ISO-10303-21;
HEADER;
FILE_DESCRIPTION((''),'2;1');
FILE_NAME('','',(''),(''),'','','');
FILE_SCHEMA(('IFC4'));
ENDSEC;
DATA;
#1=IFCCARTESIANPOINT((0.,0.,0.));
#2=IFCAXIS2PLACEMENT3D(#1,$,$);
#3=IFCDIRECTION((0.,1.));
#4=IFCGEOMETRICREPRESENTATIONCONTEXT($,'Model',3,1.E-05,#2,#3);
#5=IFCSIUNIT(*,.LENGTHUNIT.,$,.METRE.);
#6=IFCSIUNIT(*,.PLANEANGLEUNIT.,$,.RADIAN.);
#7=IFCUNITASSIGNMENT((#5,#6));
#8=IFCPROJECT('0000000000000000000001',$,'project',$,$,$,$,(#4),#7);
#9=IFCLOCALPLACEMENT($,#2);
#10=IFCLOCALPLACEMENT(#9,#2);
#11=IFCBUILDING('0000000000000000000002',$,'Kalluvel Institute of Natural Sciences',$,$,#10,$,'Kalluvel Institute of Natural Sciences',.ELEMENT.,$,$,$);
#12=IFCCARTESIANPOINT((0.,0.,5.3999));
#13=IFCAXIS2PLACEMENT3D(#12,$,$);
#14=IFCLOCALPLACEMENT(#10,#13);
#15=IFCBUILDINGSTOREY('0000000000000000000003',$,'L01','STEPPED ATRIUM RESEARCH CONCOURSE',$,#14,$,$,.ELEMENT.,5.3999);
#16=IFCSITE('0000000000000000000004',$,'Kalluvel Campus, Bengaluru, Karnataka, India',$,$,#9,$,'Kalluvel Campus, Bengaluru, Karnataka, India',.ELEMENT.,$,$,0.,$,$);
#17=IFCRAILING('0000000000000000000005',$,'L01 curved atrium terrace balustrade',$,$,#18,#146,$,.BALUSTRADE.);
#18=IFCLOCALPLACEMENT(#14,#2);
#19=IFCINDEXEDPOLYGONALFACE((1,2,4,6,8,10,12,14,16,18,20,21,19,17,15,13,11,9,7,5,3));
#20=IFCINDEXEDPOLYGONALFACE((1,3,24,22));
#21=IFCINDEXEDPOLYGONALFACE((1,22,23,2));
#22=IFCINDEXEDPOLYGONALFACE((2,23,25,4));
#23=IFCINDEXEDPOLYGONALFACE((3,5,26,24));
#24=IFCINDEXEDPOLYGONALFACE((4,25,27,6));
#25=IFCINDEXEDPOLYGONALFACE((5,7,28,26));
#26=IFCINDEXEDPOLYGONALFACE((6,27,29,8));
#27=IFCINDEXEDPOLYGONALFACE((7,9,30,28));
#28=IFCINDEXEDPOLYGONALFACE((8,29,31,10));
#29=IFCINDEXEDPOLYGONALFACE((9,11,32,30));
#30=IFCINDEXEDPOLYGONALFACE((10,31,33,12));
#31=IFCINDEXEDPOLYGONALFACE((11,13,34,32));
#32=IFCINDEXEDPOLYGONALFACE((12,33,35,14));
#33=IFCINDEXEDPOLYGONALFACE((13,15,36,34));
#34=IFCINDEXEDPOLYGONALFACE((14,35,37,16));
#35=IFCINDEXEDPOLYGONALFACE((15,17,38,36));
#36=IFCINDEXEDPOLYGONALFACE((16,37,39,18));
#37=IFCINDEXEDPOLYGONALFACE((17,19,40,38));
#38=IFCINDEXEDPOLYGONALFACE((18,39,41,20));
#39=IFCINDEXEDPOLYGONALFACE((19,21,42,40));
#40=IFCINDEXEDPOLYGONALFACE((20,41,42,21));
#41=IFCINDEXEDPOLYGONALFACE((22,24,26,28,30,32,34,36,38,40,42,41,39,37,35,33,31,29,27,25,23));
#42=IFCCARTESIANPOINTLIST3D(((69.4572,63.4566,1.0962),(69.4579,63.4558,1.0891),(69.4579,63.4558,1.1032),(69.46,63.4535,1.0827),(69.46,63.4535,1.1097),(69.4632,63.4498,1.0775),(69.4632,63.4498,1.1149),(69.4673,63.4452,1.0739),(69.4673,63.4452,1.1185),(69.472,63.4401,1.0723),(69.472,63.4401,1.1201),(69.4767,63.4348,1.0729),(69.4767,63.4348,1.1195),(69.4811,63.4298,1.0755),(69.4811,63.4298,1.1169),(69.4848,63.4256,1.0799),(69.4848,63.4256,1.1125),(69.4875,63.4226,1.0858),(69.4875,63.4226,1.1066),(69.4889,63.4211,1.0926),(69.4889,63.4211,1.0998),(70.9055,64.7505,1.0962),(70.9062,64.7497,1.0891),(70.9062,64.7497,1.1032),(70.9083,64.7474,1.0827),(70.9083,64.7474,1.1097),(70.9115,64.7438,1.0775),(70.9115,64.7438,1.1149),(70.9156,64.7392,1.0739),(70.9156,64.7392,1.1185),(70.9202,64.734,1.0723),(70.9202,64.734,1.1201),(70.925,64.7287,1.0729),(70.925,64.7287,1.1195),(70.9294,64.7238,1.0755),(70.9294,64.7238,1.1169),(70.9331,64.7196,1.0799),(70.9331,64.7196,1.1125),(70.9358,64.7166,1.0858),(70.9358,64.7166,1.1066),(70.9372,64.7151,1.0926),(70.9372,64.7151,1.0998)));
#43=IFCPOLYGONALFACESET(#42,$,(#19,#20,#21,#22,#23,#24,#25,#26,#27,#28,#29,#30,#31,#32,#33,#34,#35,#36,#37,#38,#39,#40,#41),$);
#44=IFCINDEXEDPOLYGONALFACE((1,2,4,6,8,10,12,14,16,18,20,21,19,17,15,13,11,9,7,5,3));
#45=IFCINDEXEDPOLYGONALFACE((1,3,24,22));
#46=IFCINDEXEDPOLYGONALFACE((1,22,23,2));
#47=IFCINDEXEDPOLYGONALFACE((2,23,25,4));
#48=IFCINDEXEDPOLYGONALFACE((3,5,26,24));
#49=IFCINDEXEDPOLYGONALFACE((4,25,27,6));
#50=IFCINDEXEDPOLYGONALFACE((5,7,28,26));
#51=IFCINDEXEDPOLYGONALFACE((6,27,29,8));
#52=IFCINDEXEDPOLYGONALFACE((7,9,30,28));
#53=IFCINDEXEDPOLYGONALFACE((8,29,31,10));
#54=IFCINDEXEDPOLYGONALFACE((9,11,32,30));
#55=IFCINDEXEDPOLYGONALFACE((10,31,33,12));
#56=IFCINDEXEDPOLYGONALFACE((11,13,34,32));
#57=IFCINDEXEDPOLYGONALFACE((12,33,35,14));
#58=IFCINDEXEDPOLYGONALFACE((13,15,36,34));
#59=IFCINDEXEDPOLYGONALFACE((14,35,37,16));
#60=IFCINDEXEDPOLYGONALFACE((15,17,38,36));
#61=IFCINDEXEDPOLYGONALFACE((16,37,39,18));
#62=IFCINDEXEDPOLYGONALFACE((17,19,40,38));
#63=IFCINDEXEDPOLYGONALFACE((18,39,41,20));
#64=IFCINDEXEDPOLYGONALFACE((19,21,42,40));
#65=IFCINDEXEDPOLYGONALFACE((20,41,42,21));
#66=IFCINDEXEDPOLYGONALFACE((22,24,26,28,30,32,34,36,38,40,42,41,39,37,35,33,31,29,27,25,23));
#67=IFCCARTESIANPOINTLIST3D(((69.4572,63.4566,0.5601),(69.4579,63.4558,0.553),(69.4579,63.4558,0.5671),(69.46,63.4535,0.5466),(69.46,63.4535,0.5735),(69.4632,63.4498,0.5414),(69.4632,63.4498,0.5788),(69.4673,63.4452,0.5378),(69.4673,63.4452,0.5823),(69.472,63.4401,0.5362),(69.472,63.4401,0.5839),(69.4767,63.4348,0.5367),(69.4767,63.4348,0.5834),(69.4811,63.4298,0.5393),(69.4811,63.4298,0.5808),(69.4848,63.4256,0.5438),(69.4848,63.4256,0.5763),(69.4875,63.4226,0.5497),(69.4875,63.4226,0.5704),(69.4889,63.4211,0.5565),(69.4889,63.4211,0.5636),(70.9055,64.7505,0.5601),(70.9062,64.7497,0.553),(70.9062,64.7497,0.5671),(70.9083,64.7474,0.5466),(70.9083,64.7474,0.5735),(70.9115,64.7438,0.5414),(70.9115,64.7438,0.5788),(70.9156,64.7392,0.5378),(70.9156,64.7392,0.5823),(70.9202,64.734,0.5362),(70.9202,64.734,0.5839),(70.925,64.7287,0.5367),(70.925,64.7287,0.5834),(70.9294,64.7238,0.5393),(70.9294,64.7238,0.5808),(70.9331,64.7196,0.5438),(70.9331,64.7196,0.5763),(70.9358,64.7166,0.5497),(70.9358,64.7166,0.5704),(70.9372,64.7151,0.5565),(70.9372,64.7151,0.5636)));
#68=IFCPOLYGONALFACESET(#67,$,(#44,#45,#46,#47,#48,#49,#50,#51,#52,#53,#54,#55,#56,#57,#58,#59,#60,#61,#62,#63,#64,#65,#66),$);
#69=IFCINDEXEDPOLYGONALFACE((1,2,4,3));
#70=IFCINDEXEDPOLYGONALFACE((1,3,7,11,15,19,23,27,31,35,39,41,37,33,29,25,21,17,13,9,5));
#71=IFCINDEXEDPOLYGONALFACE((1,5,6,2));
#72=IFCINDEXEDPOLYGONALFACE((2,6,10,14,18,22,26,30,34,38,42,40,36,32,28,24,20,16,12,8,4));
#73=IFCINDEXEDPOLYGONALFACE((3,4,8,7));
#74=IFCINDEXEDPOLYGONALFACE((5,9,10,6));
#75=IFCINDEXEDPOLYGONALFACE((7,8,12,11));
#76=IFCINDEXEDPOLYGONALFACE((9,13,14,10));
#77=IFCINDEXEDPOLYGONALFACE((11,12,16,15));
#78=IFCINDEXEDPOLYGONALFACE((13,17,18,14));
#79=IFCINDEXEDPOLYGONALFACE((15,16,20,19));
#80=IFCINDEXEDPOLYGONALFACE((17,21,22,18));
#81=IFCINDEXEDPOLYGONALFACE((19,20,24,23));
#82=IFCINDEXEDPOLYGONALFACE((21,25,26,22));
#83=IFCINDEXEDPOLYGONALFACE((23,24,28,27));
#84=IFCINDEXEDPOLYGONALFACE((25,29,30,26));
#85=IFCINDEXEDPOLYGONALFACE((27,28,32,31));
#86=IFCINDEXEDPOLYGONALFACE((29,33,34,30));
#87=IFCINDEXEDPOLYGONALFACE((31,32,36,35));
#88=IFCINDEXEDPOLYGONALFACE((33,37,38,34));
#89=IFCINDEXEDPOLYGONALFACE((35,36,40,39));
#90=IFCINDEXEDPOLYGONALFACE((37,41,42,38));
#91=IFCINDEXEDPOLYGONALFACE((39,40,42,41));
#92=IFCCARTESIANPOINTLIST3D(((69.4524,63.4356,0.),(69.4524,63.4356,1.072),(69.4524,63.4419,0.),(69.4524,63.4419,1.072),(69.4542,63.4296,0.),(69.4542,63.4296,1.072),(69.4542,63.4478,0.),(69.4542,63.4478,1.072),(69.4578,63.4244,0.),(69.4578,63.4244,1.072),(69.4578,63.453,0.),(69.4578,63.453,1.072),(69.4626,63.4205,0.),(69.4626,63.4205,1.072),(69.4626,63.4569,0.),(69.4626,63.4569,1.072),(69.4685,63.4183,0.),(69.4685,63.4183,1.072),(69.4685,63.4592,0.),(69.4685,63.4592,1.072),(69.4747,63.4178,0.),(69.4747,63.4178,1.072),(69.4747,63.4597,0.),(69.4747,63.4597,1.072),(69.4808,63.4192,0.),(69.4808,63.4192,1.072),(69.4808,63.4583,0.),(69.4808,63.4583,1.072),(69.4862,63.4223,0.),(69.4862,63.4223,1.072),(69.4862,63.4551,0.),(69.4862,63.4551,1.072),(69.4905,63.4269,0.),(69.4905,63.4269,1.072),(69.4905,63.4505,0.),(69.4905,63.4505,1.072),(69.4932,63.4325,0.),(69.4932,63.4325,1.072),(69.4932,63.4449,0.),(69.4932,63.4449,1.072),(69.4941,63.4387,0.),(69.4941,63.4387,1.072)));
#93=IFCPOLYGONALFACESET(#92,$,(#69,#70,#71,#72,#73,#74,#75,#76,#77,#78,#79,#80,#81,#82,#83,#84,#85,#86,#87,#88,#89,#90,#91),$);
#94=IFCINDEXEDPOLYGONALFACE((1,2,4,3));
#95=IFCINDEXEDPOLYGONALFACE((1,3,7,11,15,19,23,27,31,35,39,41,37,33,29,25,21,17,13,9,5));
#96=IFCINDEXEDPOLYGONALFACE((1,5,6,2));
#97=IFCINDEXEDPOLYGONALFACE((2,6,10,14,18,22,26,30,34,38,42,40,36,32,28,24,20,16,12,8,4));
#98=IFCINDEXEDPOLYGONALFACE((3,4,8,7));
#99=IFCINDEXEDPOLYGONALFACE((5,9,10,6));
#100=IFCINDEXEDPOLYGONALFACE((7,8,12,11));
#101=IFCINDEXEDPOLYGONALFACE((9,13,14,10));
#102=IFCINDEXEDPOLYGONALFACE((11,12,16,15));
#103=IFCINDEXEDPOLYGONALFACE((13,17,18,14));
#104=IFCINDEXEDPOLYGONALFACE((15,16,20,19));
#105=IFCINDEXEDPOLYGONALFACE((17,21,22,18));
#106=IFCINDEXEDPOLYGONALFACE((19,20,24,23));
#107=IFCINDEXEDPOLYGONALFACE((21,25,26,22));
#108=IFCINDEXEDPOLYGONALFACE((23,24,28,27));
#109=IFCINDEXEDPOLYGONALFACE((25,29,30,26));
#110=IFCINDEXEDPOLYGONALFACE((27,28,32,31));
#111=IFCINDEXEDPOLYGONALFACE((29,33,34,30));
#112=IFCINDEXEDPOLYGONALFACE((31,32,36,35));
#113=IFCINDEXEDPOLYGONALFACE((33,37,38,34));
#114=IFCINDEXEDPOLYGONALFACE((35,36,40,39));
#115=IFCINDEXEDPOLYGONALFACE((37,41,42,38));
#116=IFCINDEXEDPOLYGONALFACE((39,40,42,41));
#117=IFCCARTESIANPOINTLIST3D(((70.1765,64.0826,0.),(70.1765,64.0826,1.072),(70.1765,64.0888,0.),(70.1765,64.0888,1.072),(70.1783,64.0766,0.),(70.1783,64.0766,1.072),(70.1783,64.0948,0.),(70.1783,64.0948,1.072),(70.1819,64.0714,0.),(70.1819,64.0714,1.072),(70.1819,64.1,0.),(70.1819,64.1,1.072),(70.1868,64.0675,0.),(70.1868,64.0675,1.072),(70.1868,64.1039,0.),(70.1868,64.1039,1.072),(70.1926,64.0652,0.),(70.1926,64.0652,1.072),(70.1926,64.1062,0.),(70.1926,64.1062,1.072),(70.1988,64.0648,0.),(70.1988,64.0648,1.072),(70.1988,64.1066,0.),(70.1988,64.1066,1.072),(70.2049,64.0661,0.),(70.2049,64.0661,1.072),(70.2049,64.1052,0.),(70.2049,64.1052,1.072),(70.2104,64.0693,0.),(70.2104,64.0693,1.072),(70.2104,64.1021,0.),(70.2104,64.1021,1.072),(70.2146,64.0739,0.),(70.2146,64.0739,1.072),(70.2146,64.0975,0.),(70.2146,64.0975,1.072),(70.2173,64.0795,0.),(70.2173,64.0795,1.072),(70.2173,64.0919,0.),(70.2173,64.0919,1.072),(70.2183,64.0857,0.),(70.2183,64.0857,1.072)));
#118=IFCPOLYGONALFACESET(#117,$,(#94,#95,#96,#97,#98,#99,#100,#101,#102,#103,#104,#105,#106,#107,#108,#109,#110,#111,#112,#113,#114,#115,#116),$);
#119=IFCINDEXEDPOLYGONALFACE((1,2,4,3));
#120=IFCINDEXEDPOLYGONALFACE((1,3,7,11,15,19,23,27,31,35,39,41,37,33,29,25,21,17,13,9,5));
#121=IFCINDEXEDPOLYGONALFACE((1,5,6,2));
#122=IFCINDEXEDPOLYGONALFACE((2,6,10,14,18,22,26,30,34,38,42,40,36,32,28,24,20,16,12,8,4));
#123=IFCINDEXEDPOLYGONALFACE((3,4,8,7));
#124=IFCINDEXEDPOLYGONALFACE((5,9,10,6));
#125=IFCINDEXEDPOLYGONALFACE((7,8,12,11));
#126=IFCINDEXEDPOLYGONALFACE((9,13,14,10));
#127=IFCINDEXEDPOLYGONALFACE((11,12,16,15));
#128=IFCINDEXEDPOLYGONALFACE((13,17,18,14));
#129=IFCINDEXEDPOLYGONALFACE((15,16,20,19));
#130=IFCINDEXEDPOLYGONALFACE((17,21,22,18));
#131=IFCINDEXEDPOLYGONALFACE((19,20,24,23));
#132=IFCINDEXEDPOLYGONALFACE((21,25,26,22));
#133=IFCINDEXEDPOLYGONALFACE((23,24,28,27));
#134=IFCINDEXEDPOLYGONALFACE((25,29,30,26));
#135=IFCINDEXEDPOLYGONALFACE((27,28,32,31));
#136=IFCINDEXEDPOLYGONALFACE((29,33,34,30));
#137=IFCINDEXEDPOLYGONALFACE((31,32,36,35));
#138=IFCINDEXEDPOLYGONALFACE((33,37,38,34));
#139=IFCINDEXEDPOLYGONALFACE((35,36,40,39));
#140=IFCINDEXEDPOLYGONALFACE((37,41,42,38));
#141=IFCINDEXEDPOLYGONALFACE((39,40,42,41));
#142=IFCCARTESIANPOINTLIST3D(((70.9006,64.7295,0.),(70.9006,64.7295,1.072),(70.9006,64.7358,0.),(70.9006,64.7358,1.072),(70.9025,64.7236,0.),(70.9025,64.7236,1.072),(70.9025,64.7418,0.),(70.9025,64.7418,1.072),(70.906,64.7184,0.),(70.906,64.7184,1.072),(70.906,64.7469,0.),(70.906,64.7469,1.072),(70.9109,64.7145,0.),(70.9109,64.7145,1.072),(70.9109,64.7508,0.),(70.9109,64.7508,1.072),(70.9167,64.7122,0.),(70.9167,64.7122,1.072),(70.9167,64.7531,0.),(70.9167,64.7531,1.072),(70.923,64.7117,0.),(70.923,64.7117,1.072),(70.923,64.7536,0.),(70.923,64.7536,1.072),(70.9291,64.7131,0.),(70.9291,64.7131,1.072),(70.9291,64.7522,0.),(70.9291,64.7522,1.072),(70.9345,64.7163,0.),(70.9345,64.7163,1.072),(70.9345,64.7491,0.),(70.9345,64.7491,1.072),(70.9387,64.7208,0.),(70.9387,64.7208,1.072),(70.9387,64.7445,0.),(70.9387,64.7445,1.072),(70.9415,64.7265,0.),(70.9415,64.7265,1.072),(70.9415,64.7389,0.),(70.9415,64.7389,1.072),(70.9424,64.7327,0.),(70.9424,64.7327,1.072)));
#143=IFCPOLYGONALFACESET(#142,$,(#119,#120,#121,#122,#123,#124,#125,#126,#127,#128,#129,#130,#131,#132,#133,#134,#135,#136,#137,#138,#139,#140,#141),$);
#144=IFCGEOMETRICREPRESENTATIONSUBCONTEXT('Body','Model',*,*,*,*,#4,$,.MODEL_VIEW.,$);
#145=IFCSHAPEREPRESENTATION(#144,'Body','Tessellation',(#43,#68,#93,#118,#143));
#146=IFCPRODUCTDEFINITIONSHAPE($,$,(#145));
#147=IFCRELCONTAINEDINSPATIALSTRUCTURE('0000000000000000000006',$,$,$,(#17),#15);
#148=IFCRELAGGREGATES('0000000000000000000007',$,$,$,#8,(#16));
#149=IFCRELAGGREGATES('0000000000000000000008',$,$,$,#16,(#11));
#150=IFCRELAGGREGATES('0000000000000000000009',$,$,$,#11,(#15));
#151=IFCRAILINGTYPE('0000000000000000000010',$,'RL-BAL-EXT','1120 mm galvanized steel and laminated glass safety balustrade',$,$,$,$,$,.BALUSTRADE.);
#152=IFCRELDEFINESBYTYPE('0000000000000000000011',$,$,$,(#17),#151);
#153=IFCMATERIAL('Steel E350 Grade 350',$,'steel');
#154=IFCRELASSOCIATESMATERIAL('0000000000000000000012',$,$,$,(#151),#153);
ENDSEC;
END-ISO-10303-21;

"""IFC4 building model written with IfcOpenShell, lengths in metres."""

from ifc_helpers import new_model, si_unit, direction, frame, origin, origin_2d, place, context, subcontext, project, spatial, circle, extrude, material, type_object, element, save


model = new_model("IFC4")

# Units and contexts
model_context = context("Model", 3, precision=1e-05, world=origin(), true_north=direction((0.0, 1.0)))
body_context = subcontext(model_context, "Body", "Model", "MODEL_VIEW")
ifc_project = project(units=[si_unit("LENGTHUNIT", "METRE"), si_unit("PLANEANGLEUNIT", "RADIAN")], contexts=[model_context])

# Site, building, storey
site_placement = place(None, origin())
site = spatial("IfcSite", under=ifc_project, at=site_placement, Name="Kalluvel Campus, Bengaluru, Karnataka, India", LongName="Kalluvel Campus, Bengaluru, Karnataka, India", CompositionType="ELEMENT", RefElevation=0.0)
building_placement = place(site_placement, origin())
building = spatial("IfcBuilding", under=site, at=building_placement, Name="Kalluvel Institute of Natural Sciences", LongName="Kalluvel Institute of Natural Sciences", CompositionType="ELEMENT")
storey_placement = place(building_placement, frame((0.0, 0.0, 5.3999)))
storey = spatial("IfcBuildingStorey", under=building, at=storey_placement, Name="L01", Description="STEPPED ATRIUM RESEARCH CONCOURSE", CompositionType="ELEMENT", Elevation=5.3999)

# Railing
ifc_material_1 = material(Name="Steel E350 Grade 350", Category="steel")
railing_type = type_object("IfcRailingType", Name="RL-BAL-EXT", Description="1120 mm galvanized steel and laminated glass safety balustrade", PredefinedType="BALUSTRADE", material=ifc_material_1)
railing_1_placement = place(storey_placement, frame((69.4731, 63.4387, 0.0)))
element("IfcRailing", 1, at=railing_1_placement, inside=storey, type_object=railing_type, Name="L01 curved atrium terrace balustrade", PredefinedType="BALUSTRADE", context=body_context, shape_type="SweptSolid", body=[
    extrude(circle(Radius=0.0239, at=origin_2d()), frame((0.0, 0.0, 1.0962), z_axis=(0.745715, 0.666266, 0.0), x_axis=(-0.666266, 0.745715, 0.0)), (0.0, 0.0, 1.0), 1.9421),
    extrude(circle(Radius=0.0239, at=origin_2d()), frame((0.0, 0.0, 0.5601), z_axis=(0.745715, 0.666266, 0.0), x_axis=(-0.666266, 0.745715, 0.0)), (0.0, 0.0, 1.0), 1.9421),
    extrude(circle(Radius=0.021, at=origin_2d()), origin(), (0.0, 0.0, 1.0), 1.072),
    extrude(circle(Radius=0.021, at=origin_2d()), frame((0.7241, 0.647, 0.0)), (0.0, 0.0, 1.0), 1.072),
    extrude(circle(Radius=0.021, at=origin_2d()), frame((1.4482, 1.2939, 0.0)), (0.0, 0.0, 1.0), 1.072),
])

save(model, "model.ifc")
